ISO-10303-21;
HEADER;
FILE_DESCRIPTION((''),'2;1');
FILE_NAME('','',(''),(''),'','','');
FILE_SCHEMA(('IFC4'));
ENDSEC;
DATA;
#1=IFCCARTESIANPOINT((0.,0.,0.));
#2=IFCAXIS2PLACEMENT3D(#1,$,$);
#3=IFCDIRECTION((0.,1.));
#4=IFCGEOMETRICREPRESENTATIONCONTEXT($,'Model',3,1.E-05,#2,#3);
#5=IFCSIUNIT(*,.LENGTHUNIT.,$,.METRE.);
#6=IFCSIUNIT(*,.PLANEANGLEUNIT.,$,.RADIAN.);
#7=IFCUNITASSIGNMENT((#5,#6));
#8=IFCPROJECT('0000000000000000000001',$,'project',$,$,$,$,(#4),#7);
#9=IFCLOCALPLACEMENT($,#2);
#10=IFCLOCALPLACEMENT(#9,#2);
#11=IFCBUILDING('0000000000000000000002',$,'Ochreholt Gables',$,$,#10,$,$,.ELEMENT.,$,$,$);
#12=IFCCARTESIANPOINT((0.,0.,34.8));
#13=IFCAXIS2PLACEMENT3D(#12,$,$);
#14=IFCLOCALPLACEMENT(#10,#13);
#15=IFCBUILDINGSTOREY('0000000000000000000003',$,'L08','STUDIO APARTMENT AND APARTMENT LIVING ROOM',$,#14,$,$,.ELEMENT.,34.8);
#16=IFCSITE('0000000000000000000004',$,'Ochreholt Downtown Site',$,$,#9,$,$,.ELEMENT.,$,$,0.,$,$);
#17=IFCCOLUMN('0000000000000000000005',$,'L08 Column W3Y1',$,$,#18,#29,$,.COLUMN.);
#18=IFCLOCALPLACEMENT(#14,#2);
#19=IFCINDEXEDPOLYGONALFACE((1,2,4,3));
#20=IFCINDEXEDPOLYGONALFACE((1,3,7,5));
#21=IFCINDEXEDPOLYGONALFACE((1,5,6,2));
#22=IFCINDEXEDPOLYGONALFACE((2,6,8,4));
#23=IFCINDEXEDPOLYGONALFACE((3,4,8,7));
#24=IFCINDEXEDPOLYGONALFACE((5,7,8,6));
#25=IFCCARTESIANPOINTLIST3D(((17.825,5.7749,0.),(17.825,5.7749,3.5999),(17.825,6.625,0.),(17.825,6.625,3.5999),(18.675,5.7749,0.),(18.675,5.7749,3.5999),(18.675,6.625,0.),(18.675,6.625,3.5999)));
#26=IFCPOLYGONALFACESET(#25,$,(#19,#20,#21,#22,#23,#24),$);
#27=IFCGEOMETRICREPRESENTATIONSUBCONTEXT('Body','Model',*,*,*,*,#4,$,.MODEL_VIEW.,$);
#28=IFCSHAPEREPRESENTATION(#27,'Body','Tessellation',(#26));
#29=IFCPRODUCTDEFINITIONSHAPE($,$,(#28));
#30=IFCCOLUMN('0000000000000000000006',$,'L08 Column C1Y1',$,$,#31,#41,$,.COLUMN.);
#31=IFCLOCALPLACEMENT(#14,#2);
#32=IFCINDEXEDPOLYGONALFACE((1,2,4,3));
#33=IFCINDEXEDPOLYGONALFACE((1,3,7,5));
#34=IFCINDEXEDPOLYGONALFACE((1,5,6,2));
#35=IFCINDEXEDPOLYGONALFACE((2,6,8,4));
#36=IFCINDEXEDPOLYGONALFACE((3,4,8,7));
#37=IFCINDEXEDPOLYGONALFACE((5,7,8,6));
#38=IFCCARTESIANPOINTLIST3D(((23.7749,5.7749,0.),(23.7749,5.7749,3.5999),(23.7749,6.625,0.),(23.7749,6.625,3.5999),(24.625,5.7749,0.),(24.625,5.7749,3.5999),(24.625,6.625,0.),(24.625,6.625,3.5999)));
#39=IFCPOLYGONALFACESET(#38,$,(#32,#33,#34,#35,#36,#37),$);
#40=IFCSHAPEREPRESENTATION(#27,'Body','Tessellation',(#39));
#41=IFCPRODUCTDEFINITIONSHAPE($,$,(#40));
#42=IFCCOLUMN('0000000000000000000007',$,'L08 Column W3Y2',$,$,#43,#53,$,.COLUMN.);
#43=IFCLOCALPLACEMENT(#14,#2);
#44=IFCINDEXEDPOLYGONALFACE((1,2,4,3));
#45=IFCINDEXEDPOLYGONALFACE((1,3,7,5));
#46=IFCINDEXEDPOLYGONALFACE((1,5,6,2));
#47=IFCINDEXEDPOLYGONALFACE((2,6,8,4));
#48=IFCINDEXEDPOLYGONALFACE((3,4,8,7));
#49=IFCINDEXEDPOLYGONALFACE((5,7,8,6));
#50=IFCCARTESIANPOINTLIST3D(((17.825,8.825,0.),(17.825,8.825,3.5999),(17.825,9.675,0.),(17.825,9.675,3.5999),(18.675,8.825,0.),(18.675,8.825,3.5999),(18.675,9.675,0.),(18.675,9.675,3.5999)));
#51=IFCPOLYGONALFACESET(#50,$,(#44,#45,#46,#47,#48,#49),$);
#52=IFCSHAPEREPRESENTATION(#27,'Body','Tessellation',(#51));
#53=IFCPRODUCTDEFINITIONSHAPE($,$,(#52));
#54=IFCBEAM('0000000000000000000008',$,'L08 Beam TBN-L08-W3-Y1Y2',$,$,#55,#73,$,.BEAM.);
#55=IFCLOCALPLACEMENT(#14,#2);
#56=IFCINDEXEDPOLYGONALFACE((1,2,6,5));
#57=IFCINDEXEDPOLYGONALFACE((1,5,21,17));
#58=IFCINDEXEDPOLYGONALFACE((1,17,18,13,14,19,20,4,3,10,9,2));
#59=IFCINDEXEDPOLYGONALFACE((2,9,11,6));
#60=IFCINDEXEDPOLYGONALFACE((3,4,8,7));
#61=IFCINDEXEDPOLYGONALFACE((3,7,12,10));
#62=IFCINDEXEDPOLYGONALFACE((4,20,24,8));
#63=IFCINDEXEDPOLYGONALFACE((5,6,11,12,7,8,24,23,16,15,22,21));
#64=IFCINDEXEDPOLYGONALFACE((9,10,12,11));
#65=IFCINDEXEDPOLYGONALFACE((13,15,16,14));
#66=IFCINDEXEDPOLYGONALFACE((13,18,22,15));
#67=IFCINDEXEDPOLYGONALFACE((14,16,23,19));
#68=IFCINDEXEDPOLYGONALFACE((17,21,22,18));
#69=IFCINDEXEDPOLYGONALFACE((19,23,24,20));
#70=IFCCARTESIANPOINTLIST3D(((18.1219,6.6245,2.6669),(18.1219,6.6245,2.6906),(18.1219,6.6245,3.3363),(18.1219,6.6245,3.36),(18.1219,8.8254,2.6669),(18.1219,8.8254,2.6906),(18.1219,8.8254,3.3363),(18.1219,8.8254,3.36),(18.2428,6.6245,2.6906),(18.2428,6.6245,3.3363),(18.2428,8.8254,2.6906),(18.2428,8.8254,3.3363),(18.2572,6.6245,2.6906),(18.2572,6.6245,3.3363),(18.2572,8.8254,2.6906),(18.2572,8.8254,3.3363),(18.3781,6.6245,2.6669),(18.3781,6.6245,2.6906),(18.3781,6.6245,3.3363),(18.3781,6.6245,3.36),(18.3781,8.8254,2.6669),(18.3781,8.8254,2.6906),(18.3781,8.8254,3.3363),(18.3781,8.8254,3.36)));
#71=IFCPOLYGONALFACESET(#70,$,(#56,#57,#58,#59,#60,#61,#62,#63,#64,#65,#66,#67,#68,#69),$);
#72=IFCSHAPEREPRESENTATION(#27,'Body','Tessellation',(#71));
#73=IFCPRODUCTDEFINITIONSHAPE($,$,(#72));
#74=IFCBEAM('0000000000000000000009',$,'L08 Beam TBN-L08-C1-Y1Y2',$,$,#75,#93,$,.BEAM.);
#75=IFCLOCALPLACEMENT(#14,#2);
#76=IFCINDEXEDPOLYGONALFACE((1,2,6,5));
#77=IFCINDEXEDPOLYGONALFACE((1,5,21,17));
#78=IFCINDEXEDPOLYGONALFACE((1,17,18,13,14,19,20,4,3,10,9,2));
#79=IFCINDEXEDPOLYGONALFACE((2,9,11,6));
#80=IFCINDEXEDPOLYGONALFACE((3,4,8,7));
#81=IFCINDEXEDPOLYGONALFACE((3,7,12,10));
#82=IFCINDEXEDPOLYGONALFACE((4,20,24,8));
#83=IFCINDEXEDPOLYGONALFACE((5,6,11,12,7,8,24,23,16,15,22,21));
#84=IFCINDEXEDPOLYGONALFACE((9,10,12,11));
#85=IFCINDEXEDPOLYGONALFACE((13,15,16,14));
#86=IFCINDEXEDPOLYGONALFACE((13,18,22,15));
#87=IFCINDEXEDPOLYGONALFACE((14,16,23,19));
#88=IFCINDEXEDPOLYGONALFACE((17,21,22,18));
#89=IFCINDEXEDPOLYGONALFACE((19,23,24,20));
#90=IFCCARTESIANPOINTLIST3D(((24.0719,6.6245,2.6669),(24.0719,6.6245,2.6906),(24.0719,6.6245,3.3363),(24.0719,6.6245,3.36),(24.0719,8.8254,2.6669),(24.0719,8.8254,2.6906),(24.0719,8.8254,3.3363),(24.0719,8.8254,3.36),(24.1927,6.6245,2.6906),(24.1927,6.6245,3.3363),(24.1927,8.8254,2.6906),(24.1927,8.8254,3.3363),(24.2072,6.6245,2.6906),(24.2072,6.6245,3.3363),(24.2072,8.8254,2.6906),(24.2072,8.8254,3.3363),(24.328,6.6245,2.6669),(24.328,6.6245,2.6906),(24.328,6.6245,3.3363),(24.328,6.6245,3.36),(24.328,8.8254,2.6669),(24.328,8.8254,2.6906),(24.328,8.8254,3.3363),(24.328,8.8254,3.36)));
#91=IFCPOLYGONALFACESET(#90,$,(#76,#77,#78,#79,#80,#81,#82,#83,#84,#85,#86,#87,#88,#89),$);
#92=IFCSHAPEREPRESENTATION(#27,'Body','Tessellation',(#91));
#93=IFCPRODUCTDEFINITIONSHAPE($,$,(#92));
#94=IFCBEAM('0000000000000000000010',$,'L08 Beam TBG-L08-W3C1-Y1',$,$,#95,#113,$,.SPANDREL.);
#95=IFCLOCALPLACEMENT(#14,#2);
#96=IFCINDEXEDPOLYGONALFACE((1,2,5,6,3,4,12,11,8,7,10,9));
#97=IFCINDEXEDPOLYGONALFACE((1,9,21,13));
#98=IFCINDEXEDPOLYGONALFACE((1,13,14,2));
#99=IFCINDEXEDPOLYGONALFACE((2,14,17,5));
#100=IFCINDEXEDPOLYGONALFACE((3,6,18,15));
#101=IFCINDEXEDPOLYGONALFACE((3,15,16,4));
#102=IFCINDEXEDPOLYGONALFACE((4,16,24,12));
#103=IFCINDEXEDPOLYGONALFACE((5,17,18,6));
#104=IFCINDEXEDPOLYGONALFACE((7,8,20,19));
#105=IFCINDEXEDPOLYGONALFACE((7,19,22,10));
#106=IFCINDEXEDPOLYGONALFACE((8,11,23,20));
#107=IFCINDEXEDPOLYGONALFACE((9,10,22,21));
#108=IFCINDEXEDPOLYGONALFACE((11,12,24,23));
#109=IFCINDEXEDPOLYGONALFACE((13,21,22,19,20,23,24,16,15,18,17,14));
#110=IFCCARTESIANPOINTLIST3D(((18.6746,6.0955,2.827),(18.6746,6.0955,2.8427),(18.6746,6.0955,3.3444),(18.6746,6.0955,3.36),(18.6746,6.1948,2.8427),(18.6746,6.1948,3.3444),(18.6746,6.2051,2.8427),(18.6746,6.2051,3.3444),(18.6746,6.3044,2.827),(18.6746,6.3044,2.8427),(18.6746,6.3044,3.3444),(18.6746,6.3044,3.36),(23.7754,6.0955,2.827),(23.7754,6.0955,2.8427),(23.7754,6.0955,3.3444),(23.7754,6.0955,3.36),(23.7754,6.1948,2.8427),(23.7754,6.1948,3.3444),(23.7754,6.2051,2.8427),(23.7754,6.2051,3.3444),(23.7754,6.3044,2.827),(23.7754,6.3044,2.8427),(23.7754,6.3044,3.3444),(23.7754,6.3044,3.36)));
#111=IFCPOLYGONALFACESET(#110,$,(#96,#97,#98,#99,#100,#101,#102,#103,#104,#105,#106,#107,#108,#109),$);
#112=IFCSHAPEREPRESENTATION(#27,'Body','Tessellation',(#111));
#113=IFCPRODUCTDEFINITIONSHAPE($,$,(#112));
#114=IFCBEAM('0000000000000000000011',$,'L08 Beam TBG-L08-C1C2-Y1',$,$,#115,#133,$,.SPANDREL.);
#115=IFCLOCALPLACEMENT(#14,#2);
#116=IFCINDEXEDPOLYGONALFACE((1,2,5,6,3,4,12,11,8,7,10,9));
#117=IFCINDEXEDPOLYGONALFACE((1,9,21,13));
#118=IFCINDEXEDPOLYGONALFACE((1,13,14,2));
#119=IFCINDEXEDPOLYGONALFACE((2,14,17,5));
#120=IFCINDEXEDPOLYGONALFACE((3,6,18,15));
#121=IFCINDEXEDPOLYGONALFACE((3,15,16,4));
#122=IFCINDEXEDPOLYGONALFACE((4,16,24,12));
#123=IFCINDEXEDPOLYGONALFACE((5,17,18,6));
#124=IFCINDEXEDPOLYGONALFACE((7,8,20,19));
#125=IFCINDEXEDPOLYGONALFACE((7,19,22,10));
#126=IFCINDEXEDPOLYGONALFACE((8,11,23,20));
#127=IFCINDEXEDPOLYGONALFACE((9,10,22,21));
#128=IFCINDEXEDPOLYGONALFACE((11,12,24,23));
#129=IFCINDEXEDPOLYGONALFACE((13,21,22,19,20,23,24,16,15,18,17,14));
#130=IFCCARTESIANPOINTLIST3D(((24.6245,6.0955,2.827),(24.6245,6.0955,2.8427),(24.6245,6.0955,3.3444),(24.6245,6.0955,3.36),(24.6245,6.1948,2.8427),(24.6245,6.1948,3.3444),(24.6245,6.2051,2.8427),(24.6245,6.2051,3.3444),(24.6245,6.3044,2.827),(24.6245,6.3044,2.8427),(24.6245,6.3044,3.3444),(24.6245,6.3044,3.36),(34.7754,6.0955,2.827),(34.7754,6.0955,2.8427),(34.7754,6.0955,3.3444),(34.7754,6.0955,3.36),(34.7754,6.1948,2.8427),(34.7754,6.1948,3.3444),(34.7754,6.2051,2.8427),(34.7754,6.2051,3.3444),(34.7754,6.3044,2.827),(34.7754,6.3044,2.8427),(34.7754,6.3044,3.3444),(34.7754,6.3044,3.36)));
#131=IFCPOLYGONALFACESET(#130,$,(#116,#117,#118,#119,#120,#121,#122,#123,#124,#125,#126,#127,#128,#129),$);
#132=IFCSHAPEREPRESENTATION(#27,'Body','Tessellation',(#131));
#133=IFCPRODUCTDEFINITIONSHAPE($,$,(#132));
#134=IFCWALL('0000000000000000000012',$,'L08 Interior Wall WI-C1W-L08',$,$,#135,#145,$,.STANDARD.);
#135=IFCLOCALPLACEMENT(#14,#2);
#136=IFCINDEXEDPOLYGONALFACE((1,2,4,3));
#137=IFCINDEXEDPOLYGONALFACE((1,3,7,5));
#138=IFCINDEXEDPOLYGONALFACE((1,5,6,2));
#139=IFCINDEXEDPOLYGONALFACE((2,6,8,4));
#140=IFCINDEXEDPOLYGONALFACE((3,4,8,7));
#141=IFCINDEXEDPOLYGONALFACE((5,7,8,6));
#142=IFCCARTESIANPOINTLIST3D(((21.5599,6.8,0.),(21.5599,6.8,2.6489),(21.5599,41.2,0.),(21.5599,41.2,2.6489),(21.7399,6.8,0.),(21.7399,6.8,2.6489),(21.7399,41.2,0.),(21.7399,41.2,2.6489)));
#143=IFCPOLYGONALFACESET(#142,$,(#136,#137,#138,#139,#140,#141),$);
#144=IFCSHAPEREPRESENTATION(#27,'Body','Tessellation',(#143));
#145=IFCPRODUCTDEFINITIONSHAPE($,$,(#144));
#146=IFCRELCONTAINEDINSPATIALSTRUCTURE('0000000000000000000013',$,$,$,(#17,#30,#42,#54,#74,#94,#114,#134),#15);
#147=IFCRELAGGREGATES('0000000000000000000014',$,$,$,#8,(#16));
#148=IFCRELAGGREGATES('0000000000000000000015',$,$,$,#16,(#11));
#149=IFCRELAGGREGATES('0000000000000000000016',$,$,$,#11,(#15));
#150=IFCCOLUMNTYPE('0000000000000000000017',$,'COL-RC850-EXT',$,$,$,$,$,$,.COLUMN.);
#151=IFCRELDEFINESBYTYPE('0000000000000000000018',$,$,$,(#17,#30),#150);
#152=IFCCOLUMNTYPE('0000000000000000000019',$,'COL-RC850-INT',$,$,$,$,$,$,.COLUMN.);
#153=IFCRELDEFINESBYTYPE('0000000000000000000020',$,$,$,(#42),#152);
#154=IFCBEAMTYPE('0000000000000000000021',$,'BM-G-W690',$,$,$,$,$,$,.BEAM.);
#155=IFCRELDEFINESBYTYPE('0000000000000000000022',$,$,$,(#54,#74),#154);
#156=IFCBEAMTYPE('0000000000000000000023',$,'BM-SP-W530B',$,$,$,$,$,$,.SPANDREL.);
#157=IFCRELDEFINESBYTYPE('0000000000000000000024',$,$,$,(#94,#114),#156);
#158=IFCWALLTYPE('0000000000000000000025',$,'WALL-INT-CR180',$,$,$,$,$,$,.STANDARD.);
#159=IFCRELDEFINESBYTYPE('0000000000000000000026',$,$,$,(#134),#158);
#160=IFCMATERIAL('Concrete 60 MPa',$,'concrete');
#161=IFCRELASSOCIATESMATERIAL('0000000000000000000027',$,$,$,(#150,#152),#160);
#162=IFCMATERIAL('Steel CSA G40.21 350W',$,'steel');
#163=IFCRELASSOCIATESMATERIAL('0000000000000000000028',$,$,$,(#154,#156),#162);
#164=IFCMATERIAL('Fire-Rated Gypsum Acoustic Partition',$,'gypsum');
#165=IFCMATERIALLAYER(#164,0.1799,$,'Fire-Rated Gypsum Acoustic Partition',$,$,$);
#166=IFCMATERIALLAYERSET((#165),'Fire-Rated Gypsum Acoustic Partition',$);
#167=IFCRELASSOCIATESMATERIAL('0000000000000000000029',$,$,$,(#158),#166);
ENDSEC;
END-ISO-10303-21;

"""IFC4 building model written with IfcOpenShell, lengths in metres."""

from ifc_helpers import new_model, si_unit, direction, frame, frame_2d, origin, origin_2d, place, context, subcontext, project, spatial, rectangle, i_section, extrude, material, layer, layer_set, material_profile, profile_set, type_object, element, save


model = new_model("IFC4")

# Units and contexts
model_context = context("Model", 3, precision=1e-05, world=origin(), true_north=direction((0.0, 1.0)))
body_context = subcontext(model_context, "Body", "Model", "MODEL_VIEW")
ifc_project = project(units=[si_unit("LENGTHUNIT", "METRE"), si_unit("PLANEANGLEUNIT", "RADIAN")], contexts=[model_context])

# Site, building, storey
site_placement = place(None, origin())
site = spatial("IfcSite", under=ifc_project, at=site_placement, Name="Ochreholt Downtown Site", CompositionType="ELEMENT", RefElevation=0.0)
building_placement = place(site_placement, origin())
building = spatial("IfcBuilding", under=site, at=building_placement, Name="Ochreholt Gables", CompositionType="ELEMENT")
storey_placement = place(building_placement, frame((0.0, 0.0, 34.8)))
storey = spatial("IfcBuildingStorey", under=building, at=storey_placement, Name="L08", Description="STUDIO APARTMENT AND APARTMENT LIVING ROOM", CompositionType="ELEMENT", Elevation=34.8)

# Columns
ifc_material_1 = material(Name="Concrete 60 MPa", Category="concrete")
ifc_material_profile_1 = material_profile(ifc_material_1, rectangle(XDim=0.8501, YDim=0.8501, at=origin_2d()), Name="RC850X850")
ifc_profile_set_1 = profile_set([ifc_material_profile_1], Name="Concrete 60 MPa")
column_type_1 = type_object("IfcColumnType", Name="COL-RC850-EXT", PredefinedType="COLUMN", material=ifc_profile_set_1)
for number, where, z_axis, x_axis, name in (
    (1, (18.25, 6.2, 0.0), (0.0, 0.0, 1.0), (1.0, 0.0, 0.0), "L08 Column W3Y1"),
    (2, (24.2, 6.2, 0.0), (0.0, 0.0, 1.0), (1.0, 0.0, 0.0), "L08 Column C1Y1"),
):
    element("IfcColumn", number, at=place(storey_placement, frame(where, z_axis=z_axis, x_axis=x_axis)), inside=storey, type_object=column_type_1, Name=name, PredefinedType="COLUMN", context=body_context, shape_type="SweptSolid", body=[
        extrude(rectangle(XDim=0.8501, YDim=0.8501, at=origin_2d()), origin(), (0.0, 0.0, 1.0), 3.5999),
    ])
ifc_material_profile_2 = material_profile(ifc_material_1, rectangle(XDim=0.8501, YDim=0.8501, at=origin_2d()), Name="RC850X850")
ifc_profile_set_2 = profile_set([ifc_material_profile_2], Name="Concrete 60 MPa")
column_type_2 = type_object("IfcColumnType", Name="COL-RC850-INT", PredefinedType="COLUMN", material=ifc_profile_set_2)
column_placement = place(storey_placement, frame((18.25, 9.25, 0.0), z_axis=(0.0, 0.0, 1.0), x_axis=(1.0, 0.0, 0.0)))
element("IfcColumn", 3, at=column_placement, inside=storey, type_object=column_type_2, Name="L08 Column W3Y2", PredefinedType="COLUMN", context=body_context, shape_type="SweptSolid", body=[
    extrude(rectangle(XDim=0.8501, YDim=0.8501, at=origin_2d()), origin(), (0.0, 0.0, 1.0), 3.5999),
])

# Beams
ifc_material_2 = material(Name="Steel CSA G40.21 350W", Category="steel")
ifc_material_profile_3 = material_profile(ifc_material_2, i_section(OverallWidth=0.2561, OverallDepth=0.6931, WebThickness=0.0144, FlangeThickness=0.0237, at=origin_2d()), Name="W690X170")
ifc_profile_set_3 = profile_set([ifc_material_profile_3], Name="Steel CSA G40.21 350W")
beam_type_1 = type_object("IfcBeamType", Name="BM-G-W690", PredefinedType="BEAM", material=ifc_profile_set_3)
for number, where, z_axis, x_axis, name in (
    (4, (18.25, 6.6245, 3.0134), (0.0, 1.0, 0.0), (-1.0, 0.0, 0.0), "L08 Beam TBN-L08-W3-Y1Y2"),
    (5, (24.2, 6.6245, 3.0134), (0.0, 1.0, 0.0), (-1.0, 0.0, 0.0), "L08 Beam TBN-L08-C1-Y1Y2"),
):
    element("IfcBeam", number, at=place(storey_placement, frame(where, z_axis=z_axis, x_axis=x_axis)), inside=storey, type_object=beam_type_1, Name=name, PredefinedType="BEAM", context=body_context, shape_type="SweptSolid", body=[
        extrude(i_section(OverallWidth=0.2561, OverallDepth=0.6931, WebThickness=0.0144, FlangeThickness=0.0237, at=origin_2d()), origin(), (0.0, 0.0, 1.0), 2.2009),
    ])
ifc_material_profile_4 = material_profile(ifc_material_2, i_section(OverallWidth=0.209, OverallDepth=0.533, WebThickness=0.0103, FlangeThickness=0.0156, at=origin_2d()), Name="W530X92")
ifc_profile_set_4 = profile_set([ifc_material_profile_4], Name="Steel CSA G40.21 350W")
beam_type_2 = type_object("IfcBeamType", Name="BM-SP-W530B", PredefinedType="SPANDREL", material=ifc_profile_set_4)
beam_1_placement = place(storey_placement, frame((18.6746, 6.2, 3.0935), z_axis=(1.0, 0.0, 0.0), x_axis=(0.0, 1.0, 0.0)))
element("IfcBeam", 6, at=beam_1_placement, inside=storey, type_object=beam_type_2, Name="L08 Beam TBG-L08-W3C1-Y1", PredefinedType="SPANDREL", context=body_context, shape_type="SweptSolid", body=[
    extrude(i_section(OverallWidth=0.209, OverallDepth=0.533, WebThickness=0.0103, FlangeThickness=0.0156, at=origin_2d()), origin(), (0.0, 0.0, 1.0), 5.1008),
])
beam_2_placement = place(storey_placement, frame((24.6245, 6.2, 3.0935), z_axis=(1.0, 0.0, 0.0), x_axis=(0.0, 1.0, 0.0)))
element("IfcBeam", 7, at=beam_2_placement, inside=storey, type_object=beam_type_2, Name="L08 Beam TBG-L08-C1C2-Y1", PredefinedType="SPANDREL", context=body_context, shape_type="SweptSolid", body=[
    extrude(i_section(OverallWidth=0.209, OverallDepth=0.533, WebThickness=0.0103, FlangeThickness=0.0156, at=origin_2d()), origin(), (0.0, 0.0, 1.0), 10.1509),
])

# Wall
ifc_material_3 = material(Name="Fire-Rated Gypsum Acoustic Partition", Category="gypsum")
ifc_layer_1 = layer(ifc_material_3, 0.1799, Name="Fire-Rated Gypsum Acoustic Partition")
ifc_layer_set_1 = layer_set([ifc_layer_1], Name="Fire-Rated Gypsum Acoustic Partition")
wall_type_1 = type_object("IfcWallType", Name="WALL-INT-CR180", PredefinedType="STANDARD", material=ifc_layer_set_1)
wall_1_placement = place(storey_placement, frame((21.6499, 6.8, 0.0), z_axis=(0.0, 0.0, 1.0), x_axis=(0.0, 1.0, 0.0)))
element("IfcWall", 8, at=wall_1_placement, inside=storey, type_object=wall_type_1, Name="L08 Interior Wall WI-C1W-L08", PredefinedType="STANDARD", context=body_context, shape_type="SweptSolid", body=[
    extrude(rectangle(XDim=34.3999, YDim=0.1799, at=frame_2d((17.2, 0.0))), origin(), (0.0, 0.0, 1.0), 2.6489),
])

save(model, "model.ifc")
